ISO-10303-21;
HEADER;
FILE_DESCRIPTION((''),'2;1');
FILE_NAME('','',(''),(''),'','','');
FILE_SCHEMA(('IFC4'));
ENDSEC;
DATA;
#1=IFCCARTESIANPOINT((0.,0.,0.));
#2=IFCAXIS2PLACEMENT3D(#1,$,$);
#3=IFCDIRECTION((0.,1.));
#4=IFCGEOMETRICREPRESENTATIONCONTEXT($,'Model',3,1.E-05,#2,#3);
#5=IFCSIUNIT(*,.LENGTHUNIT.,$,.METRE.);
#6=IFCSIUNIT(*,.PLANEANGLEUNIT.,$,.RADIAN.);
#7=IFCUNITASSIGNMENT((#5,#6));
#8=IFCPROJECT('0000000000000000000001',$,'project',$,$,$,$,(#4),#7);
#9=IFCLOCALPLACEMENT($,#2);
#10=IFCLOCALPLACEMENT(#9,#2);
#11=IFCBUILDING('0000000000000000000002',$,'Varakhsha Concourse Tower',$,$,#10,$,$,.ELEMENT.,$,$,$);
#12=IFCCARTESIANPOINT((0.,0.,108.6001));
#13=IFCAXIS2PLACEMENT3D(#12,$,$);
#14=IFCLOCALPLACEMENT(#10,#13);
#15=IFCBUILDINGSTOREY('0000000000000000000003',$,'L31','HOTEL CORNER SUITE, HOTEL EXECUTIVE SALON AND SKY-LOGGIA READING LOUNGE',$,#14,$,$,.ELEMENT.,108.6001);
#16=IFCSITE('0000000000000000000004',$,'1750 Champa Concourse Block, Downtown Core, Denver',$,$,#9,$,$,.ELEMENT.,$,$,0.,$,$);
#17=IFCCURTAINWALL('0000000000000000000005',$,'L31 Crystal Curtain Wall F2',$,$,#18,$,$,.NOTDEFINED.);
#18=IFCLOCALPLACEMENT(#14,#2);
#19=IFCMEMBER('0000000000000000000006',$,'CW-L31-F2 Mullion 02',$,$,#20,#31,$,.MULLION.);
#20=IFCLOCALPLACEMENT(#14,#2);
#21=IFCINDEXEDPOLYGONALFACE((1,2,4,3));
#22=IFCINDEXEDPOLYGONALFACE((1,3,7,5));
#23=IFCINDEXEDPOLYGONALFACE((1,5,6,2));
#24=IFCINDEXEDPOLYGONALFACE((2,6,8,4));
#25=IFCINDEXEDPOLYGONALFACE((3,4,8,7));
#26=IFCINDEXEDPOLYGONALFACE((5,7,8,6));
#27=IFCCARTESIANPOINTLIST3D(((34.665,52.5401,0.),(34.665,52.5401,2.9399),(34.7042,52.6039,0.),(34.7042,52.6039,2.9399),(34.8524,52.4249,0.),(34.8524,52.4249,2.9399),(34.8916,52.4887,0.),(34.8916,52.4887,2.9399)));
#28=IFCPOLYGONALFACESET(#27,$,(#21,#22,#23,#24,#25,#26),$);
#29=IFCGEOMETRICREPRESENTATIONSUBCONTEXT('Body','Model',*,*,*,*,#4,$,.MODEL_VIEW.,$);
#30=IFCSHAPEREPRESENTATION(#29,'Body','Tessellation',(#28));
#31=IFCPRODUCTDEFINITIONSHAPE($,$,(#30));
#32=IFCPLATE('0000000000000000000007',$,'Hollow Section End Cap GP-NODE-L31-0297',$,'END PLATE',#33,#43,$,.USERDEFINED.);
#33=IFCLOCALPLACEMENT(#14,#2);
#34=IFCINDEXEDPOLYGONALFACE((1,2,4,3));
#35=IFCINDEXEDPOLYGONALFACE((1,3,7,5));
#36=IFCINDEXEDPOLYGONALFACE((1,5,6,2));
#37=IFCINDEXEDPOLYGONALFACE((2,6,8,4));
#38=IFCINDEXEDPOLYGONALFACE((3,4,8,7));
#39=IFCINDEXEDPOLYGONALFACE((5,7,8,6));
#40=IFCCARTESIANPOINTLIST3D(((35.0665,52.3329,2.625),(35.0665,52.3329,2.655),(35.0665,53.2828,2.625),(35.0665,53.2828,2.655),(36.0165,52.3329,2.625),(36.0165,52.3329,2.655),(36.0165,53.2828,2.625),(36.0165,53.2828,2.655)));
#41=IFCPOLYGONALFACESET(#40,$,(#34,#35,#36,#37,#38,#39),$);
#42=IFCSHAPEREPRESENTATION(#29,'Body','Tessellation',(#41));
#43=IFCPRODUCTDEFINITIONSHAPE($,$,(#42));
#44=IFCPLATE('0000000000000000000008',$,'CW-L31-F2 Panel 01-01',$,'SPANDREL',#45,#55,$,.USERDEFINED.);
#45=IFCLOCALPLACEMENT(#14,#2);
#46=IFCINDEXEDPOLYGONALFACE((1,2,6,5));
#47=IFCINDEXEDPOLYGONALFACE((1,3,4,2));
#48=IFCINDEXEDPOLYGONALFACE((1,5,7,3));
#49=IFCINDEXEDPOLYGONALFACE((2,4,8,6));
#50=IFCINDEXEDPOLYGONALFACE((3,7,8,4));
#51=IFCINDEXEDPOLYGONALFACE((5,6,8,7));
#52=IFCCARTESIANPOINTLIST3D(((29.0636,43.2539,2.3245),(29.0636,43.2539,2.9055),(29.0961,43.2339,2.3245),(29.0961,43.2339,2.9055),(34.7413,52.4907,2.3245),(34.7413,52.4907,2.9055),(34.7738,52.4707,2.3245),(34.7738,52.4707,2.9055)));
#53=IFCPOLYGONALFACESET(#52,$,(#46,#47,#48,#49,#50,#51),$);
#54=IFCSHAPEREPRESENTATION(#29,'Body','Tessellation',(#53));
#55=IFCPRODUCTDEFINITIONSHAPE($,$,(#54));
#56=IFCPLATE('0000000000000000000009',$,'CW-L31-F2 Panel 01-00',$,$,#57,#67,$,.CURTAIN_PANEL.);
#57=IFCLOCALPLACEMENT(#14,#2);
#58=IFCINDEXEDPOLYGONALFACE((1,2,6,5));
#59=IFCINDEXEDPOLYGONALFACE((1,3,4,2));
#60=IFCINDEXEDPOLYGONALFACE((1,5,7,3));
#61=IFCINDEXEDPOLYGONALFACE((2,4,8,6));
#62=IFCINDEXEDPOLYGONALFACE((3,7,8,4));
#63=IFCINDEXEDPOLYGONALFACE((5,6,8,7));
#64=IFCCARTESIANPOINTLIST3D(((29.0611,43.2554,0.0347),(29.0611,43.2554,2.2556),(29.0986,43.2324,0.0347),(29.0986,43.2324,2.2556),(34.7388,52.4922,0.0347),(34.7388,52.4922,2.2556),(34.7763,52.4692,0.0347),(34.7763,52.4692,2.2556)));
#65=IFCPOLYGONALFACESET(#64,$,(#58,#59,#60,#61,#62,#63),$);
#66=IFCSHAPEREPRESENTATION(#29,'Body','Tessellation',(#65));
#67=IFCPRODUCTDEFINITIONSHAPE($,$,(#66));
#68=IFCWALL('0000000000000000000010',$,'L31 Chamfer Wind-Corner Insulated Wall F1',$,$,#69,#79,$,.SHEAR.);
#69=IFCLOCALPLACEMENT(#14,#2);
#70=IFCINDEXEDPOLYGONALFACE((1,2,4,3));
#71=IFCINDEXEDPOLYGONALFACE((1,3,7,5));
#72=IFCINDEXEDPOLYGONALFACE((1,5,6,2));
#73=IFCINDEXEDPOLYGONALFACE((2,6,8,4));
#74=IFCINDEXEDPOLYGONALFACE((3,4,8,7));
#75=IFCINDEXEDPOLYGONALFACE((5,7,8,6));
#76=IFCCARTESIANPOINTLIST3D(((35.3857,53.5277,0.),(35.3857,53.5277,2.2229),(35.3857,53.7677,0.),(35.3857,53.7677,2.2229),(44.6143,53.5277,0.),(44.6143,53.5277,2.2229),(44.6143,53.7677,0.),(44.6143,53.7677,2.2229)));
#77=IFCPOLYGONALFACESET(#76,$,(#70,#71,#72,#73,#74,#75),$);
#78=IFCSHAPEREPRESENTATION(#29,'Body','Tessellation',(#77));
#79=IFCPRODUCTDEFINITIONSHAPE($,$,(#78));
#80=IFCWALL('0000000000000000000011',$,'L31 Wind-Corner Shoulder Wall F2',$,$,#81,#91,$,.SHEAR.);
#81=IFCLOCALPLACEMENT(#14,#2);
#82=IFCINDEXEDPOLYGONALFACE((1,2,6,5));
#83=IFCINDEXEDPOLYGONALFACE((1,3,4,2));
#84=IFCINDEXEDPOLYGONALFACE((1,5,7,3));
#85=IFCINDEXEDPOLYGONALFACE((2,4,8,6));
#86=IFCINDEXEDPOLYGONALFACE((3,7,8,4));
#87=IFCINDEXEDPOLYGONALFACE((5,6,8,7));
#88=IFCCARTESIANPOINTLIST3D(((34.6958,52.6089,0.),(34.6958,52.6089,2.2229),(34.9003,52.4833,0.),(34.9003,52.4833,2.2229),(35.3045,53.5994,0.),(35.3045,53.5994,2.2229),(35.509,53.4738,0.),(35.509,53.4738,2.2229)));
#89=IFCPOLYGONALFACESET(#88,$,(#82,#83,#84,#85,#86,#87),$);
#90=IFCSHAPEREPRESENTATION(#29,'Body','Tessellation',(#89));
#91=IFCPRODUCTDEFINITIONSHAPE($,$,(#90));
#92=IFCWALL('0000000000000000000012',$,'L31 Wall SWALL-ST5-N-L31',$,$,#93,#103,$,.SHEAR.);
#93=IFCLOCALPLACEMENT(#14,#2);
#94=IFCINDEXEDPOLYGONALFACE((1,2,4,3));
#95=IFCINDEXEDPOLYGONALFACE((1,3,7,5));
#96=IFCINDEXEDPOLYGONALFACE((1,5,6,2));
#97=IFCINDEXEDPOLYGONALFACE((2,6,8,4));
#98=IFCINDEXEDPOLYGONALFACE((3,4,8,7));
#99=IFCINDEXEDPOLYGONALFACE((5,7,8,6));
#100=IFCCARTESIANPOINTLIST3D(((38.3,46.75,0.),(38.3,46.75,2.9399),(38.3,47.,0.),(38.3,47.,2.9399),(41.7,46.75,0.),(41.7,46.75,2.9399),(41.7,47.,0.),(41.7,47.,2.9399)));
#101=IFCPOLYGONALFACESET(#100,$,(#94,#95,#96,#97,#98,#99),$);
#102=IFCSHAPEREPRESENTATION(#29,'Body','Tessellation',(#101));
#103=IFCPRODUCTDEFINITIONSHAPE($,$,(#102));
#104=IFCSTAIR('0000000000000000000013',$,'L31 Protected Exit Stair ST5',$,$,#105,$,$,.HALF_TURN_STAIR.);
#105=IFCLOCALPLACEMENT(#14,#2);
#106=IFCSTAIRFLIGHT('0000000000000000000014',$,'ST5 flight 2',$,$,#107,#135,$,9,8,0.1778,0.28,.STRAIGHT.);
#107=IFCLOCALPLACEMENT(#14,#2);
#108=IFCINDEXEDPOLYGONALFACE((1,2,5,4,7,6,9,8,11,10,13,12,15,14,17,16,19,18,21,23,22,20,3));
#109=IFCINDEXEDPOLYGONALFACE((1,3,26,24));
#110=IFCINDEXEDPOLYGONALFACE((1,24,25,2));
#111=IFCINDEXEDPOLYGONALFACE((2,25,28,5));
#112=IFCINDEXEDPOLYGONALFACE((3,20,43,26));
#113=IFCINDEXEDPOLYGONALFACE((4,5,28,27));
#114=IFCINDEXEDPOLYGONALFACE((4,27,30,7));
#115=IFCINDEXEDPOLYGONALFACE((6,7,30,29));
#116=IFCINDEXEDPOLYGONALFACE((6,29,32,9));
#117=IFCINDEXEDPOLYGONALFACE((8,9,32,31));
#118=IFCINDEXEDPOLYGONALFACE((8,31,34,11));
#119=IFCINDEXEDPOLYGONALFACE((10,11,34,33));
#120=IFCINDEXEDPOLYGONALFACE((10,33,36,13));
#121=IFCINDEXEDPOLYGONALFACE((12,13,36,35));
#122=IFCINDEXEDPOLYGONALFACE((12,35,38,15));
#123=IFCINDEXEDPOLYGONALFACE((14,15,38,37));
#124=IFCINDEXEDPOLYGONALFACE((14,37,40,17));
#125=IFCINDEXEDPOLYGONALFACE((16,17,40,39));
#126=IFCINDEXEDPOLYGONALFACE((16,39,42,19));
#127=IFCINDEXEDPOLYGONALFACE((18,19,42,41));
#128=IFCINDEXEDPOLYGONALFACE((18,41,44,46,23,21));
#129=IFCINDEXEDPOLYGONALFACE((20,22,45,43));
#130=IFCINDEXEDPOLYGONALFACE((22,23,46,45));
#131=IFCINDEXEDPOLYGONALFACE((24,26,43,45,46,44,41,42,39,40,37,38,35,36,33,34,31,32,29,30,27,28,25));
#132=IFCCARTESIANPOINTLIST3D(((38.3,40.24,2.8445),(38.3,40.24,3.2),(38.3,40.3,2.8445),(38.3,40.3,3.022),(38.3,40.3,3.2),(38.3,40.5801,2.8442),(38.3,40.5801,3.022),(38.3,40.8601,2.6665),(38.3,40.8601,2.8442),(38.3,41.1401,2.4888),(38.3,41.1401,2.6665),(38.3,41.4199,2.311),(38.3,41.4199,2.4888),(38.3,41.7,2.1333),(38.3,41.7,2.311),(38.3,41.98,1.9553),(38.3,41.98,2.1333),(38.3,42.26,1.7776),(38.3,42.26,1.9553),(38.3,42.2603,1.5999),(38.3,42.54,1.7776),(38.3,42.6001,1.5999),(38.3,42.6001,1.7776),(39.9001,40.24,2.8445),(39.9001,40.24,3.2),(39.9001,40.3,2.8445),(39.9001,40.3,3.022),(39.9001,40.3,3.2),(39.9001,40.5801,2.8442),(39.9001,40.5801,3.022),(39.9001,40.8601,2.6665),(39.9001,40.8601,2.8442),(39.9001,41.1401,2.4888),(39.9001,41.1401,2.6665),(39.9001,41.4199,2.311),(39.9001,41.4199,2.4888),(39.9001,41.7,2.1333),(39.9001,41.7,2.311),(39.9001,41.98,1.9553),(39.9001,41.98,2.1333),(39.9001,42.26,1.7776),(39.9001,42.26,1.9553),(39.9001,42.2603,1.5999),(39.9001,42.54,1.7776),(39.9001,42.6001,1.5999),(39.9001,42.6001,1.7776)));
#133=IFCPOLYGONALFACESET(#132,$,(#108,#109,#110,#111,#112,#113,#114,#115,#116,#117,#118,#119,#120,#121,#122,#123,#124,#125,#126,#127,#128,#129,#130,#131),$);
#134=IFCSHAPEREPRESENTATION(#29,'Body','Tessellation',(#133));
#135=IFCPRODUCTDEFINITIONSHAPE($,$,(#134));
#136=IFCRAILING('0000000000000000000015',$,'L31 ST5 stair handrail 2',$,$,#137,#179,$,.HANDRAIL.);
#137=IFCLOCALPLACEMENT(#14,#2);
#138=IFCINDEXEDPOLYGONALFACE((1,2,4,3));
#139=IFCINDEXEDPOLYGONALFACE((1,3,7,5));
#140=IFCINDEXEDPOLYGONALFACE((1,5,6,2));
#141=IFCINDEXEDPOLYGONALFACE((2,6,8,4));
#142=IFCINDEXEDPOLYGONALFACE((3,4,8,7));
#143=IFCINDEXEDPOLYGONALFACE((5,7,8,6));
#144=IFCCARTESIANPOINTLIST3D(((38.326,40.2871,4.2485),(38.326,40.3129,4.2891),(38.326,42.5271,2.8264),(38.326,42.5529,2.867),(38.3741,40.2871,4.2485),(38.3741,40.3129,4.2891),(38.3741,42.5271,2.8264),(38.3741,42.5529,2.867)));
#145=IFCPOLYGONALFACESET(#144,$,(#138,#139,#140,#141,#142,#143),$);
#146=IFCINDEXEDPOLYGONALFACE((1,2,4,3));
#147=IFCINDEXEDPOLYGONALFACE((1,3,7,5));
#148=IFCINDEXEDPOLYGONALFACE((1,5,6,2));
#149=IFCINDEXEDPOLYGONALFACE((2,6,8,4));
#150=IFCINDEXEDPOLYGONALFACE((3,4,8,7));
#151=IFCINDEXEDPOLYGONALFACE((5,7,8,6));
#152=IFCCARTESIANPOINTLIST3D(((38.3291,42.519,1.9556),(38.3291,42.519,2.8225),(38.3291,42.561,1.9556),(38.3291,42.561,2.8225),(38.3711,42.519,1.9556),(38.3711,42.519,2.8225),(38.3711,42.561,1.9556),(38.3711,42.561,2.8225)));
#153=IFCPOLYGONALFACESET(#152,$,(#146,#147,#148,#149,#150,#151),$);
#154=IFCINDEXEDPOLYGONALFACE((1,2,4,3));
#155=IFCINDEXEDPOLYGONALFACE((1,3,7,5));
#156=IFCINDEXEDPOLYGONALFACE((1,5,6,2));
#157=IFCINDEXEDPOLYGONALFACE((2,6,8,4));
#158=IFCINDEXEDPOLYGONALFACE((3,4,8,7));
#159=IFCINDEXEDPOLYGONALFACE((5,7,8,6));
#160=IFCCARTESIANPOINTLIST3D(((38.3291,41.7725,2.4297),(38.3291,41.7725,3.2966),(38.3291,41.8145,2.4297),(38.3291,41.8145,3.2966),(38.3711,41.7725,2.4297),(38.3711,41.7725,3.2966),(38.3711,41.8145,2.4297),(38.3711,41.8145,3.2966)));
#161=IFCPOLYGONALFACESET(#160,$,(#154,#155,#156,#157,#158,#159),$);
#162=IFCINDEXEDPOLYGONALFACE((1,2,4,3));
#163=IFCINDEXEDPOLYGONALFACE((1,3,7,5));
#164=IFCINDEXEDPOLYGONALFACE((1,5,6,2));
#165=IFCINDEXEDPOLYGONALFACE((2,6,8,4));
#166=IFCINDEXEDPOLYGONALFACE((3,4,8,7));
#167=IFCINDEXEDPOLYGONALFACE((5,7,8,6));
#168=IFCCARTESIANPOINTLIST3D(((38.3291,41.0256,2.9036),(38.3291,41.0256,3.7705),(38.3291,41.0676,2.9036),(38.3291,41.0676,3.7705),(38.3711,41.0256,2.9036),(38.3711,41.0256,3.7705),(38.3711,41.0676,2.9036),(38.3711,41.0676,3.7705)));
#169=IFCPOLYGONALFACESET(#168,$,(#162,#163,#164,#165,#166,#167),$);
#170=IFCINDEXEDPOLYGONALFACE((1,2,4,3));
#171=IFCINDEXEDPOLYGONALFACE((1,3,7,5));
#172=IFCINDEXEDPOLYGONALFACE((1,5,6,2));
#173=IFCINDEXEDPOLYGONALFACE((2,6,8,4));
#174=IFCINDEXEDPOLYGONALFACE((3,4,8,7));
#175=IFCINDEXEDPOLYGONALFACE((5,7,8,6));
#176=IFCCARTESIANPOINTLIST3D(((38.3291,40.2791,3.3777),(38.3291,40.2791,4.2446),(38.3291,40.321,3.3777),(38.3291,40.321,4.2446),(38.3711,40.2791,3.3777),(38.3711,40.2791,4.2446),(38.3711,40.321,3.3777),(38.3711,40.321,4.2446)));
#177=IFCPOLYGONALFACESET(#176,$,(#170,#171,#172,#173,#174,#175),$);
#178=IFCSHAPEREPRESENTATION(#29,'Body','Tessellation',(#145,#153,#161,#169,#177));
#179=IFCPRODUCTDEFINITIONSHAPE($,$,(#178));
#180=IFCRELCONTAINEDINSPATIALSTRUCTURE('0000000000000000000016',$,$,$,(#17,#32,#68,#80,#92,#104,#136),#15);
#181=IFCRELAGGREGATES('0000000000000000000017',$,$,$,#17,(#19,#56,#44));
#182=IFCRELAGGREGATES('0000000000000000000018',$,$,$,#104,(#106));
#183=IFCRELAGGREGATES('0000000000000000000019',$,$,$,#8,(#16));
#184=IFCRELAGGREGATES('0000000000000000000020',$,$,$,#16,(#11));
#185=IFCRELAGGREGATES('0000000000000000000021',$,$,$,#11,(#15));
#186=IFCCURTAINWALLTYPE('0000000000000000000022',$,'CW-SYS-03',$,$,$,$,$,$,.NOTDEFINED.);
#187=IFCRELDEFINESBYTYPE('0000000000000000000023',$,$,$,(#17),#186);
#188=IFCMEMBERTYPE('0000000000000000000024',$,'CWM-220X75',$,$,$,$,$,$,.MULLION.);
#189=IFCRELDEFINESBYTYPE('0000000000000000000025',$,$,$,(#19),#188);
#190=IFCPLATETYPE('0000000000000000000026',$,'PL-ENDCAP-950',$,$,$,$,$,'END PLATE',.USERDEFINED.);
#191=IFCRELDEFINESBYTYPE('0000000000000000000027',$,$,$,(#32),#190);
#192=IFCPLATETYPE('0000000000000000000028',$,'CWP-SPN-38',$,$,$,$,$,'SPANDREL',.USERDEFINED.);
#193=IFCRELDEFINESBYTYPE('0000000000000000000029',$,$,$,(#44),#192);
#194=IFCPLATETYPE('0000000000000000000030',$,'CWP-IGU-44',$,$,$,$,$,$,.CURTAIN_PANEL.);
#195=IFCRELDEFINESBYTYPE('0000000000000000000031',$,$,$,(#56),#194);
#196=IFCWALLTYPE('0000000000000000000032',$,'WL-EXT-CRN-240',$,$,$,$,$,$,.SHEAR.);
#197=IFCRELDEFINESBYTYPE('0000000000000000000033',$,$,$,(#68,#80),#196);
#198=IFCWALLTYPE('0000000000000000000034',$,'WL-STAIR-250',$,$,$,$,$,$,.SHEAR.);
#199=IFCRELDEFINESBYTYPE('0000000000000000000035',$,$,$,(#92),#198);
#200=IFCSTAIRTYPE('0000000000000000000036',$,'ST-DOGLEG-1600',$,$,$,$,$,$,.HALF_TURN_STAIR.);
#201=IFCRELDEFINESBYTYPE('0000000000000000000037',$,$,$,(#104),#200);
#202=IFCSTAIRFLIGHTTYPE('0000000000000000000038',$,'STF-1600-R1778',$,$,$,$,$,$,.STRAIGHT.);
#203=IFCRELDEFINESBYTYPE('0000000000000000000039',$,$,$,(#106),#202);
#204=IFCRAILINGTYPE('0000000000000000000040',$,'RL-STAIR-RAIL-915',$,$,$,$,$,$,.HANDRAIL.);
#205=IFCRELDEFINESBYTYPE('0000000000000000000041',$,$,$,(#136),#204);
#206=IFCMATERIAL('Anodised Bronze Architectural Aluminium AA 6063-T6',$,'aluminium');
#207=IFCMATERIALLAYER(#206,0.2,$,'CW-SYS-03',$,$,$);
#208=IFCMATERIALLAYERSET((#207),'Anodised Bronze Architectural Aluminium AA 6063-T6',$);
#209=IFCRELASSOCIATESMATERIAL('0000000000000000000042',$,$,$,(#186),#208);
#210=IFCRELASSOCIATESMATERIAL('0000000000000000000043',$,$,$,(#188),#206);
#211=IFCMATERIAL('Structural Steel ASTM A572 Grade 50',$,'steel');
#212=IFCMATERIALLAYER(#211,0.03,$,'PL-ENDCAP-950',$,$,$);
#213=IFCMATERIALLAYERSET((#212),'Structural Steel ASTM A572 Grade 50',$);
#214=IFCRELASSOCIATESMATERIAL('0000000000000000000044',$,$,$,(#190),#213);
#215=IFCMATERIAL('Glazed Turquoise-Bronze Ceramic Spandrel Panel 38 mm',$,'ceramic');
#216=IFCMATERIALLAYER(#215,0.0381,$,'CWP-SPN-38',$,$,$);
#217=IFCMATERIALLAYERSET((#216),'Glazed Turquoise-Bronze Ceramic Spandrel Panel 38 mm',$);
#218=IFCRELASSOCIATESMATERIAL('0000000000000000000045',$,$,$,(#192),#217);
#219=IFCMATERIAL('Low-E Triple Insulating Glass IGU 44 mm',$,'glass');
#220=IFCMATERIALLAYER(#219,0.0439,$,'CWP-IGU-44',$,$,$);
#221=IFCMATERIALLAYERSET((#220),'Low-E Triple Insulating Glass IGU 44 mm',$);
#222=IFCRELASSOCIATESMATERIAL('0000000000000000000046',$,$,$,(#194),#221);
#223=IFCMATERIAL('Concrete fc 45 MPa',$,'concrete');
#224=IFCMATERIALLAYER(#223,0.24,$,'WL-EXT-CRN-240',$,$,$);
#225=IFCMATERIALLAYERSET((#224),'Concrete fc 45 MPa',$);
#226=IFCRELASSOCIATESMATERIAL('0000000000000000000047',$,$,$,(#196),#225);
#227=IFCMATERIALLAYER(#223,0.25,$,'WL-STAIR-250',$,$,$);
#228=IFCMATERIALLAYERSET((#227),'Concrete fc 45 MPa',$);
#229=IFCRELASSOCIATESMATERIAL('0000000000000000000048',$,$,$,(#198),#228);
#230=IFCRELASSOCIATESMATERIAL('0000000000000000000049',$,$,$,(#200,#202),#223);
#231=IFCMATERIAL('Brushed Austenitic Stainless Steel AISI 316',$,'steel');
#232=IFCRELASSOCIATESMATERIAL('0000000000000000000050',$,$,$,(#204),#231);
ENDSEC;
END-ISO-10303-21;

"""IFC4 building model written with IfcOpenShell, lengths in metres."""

from ifc_helpers import new_model, si_unit, direction, frame, frame_2d, origin, origin_2d, place, context, subcontext, project, spatial, polyline, rectangle, outline, extrude, source, transform, mapped, material, layer, layer_set, material_profile, profile_set, type_object, type_shapes, element, aggregate, save


model = new_model("IFC4")

# Units and contexts
model_context = context("Model", 3, precision=1e-05, world=origin(), true_north=direction((0.0, 1.0)))
body_context = subcontext(model_context, "Body", "Model", "MODEL_VIEW")
ifc_project = project(units=[si_unit("LENGTHUNIT", "METRE"), si_unit("PLANEANGLEUNIT", "RADIAN")], contexts=[model_context])

# Site, building, storey
site_placement = place(None, origin())
site = spatial("IfcSite", under=ifc_project, at=site_placement, Name="1750 Champa Concourse Block, Downtown Core, Denver", CompositionType="ELEMENT", RefElevation=0.0)
building_placement = place(site_placement, origin())
building = spatial("IfcBuilding", under=site, at=building_placement, Name="Varakhsha Concourse Tower", CompositionType="ELEMENT")
storey_placement = place(building_placement, frame((0.0, 0.0, 108.6001)))
storey = spatial("IfcBuildingStorey", under=building, at=storey_placement, Name="L31", Description="HOTEL CORNER SUITE, HOTEL EXECUTIVE SALON AND SKY-LOGGIA READING LOUNGE", CompositionType="ELEMENT", Elevation=108.6001)

# Shared definitions
ifc_material_1 = material(Name="Structural Steel ASTM A572 Grade 50", Category="steel")

# Curtain wall, member
ifc_material_2 = material(Name="Anodised Bronze Architectural Aluminium AA 6063-T6", Category="aluminium")
ifc_layer_1 = layer(ifc_material_2, 0.2, Name="CW-SYS-03")
ifc_layer_set_1 = layer_set([ifc_layer_1], Name="Anodised Bronze Architectural Aluminium AA 6063-T6")
curtain_wall_type = type_object("IfcCurtainWallType", Name="CW-SYS-03", PredefinedType="NOTDEFINED", material=ifc_layer_set_1)
curtain_wall_placement = place(storey_placement, origin())
curtain_wall = element("IfcCurtainWall", 1, at=curtain_wall_placement, inside=storey, type_object=curtain_wall_type, Name="L31 Crystal Curtain Wall F2", PredefinedType="NOTDEFINED")
ifc_material_profile_1 = material_profile(ifc_material_2, rectangle(XDim=0.075, YDim=0.22, at=origin_2d()), Name="CWM-220X75")
ifc_profile_set_1 = profile_set([ifc_material_profile_1], Name="Anodised Bronze Architectural Aluminium AA 6063-T6")
member_type = type_object("IfcMemberType", Name="CWM-220X75", PredefinedType="MULLION", material=ifc_profile_set_1)
shared_shape_1 = source(origin(), body_context, "Body", "SweptSolid", [
    extrude(rectangle(XDim=0.075, YDim=0.22, at=origin_2d()), origin(), (0.0, 0.0, 1.0), 2.9399),
])
type_shapes(member_type, [shared_shape_1])
member_1_placement = place(storey_placement, frame((34.7783, 52.5144, 0.0), z_axis=(0.0, 0.0, 1.0), x_axis=(0.523665, 0.851924, 0.0)))
member_1 = element("IfcMember", 2, at=member_1_placement, type_object=member_type, Name="CW-L31-F2 Mullion 02", PredefinedType="MULLION", context=body_context, shape_type="MappedRepresentation", body=[
    mapped(shared_shape_1, transform((0.0, 0.0, 0.0), scale=1.0)),
])

# Plates
ifc_layer_2 = layer(ifc_material_1, 0.03, Name="PL-ENDCAP-950")
ifc_layer_set_2 = layer_set([ifc_layer_2], Name="Structural Steel ASTM A572 Grade 50")
plate_type_1 = type_object("IfcPlateType", Name="PL-ENDCAP-950", ElementType="END PLATE", PredefinedType="USERDEFINED", material=ifc_layer_set_2)
shared_shape_2 = source(origin(), body_context, "Body", "SweptSolid", [
    extrude(rectangle(XDim=0.95, YDim=0.95, at=origin_2d()), origin(), (0.0, 0.0, 1.0), 0.03),
])
type_shapes(plate_type_1, [shared_shape_2])
plate_1_placement = place(storey_placement, frame((35.5415, 52.8079, 2.625), z_axis=(0.0, 0.0, 1.0), x_axis=(1.0, 0.0, 0.0)))
element("IfcPlate", 3, at=plate_1_placement, inside=storey, type_object=plate_type_1, Name="Hollow Section End Cap GP-NODE-L31-0297", ObjectType="END PLATE", PredefinedType="USERDEFINED", context=body_context, shape_type="MappedRepresentation", body=[
    mapped(shared_shape_2, transform((0.0, 0.0, 0.0), scale=1.0)),
])
ifc_material_3 = material(Name="Glazed Turquoise-Bronze Ceramic Spandrel Panel 38 mm", Category="ceramic")
ifc_layer_3 = layer(ifc_material_3, 0.0381, Name="CWP-SPN-38")
ifc_layer_set_3 = layer_set([ifc_layer_3], Name="Glazed Turquoise-Bronze Ceramic Spandrel Panel 38 mm")
plate_type_2 = type_object("IfcPlateType", Name="CWP-SPN-38", ElementType="SPANDREL", PredefinedType="USERDEFINED", material=ifc_layer_set_3)
shared_shape_3 = source(origin(), body_context, "Body", "SweptSolid", [
    extrude(rectangle(XDim=10.8423, YDim=0.0381, at=origin_2d()), origin(), (0.0, 0.0, 1.0), 0.5811),
])
type_shapes(plate_type_2, [shared_shape_3])
plate_2_placement = place(storey_placement, frame((31.9187, 47.8623, 2.3245), z_axis=(0.0, 0.0, 1.0), x_axis=(0.523665, 0.851924, 0.0)))
plate_2 = element("IfcPlate", 4, at=plate_2_placement, type_object=plate_type_2, Name="CW-L31-F2 Panel 01-01", ObjectType="SPANDREL", PredefinedType="USERDEFINED", context=body_context, shape_type="MappedRepresentation", body=[
    mapped(shared_shape_3, transform((0.0, 0.0, 0.0), scale=1.0)),
])
ifc_material_4 = material(Name="Low-E Triple Insulating Glass IGU 44 mm", Category="glass")
ifc_layer_4 = layer(ifc_material_4, 0.0439, Name="CWP-IGU-44")
ifc_layer_set_4 = layer_set([ifc_layer_4], Name="Low-E Triple Insulating Glass IGU 44 mm")
plate_type_3 = type_object("IfcPlateType", Name="CWP-IGU-44", PredefinedType="CURTAIN_PANEL", material=ifc_layer_set_4)
shared_shape_4 = source(origin(), body_context, "Body", "SweptSolid", [
    extrude(rectangle(XDim=10.8423, YDim=0.0439, at=origin_2d()), origin(), (0.0, 0.0, 1.0), 2.2209),
])
type_shapes(plate_type_3, [shared_shape_4])
plate_3_placement = place(storey_placement, frame((31.9187, 47.8623, 0.0347), z_axis=(0.0, 0.0, 1.0), x_axis=(0.523665, 0.851924, 0.0)))
plate_3 = element("IfcPlate", 5, at=plate_3_placement, type_object=plate_type_3, Name="CW-L31-F2 Panel 01-00", PredefinedType="CURTAIN_PANEL", context=body_context, shape_type="MappedRepresentation", body=[
    mapped(shared_shape_4, transform((0.0, 0.0, 0.0), scale=1.0)),
])
aggregate(curtain_wall, [member_1, plate_3, plate_2])

# Walls
ifc_material_5 = material(Name="Concrete fc 45 MPa", Category="concrete")
ifc_layer_5 = layer(ifc_material_5, 0.24, Name="WL-EXT-CRN-240")
ifc_layer_set_5 = layer_set([ifc_layer_5], Name="Concrete fc 45 MPa")
wall_type_1 = type_object("IfcWallType", Name="WL-EXT-CRN-240", PredefinedType="SHEAR", material=ifc_layer_set_5)
wall_1_placement = place(storey_placement, frame((35.3857, 53.6477, 0.0), z_axis=(0.0, 0.0, 1.0), x_axis=(1.0, 0.0, 0.0)))
element("IfcWall", 6, at=wall_1_placement, inside=storey, type_object=wall_type_1, Name="L31 Chamfer Wind-Corner Insulated Wall F1", PredefinedType="SHEAR", context=body_context, shape_type="SweptSolid", body=[
    extrude(rectangle(XDim=9.2285, YDim=0.24, at=frame_2d((4.6143, 0.0))), origin(), (0.0, 0.0, 1.0), 2.2229),
])
wall_2_placement = place(storey_placement, frame((35.4067, 53.5366, 0.0), z_axis=(0.0, 0.0, 1.0), x_axis=(-0.523547, -0.851997, 0.0)))
element("IfcWall", 7, at=wall_2_placement, inside=storey, type_object=wall_type_1, Name="L31 Wind-Corner Shoulder Wall F2", PredefinedType="SHEAR", context=body_context, shape_type="SweptSolid", body=[
    extrude(rectangle(XDim=1.1626, YDim=0.24, at=frame_2d((0.5813, 0.0))), origin(), (0.0, 0.0, 1.0), 2.2229),
])
ifc_layer_6 = layer(ifc_material_5, 0.25, Name="WL-STAIR-250")
ifc_layer_set_6 = layer_set([ifc_layer_6], Name="Concrete fc 45 MPa")
wall_type_2 = type_object("IfcWallType", Name="WL-STAIR-250", PredefinedType="SHEAR", material=ifc_layer_set_6)
wall_3_placement = place(storey_placement, frame((38.3, 46.875, 0.0), z_axis=(0.0, 0.0, 1.0), x_axis=(1.0, 0.0, 0.0)))
element("IfcWall", 8, at=wall_3_placement, inside=storey, type_object=wall_type_2, Name="L31 Wall SWALL-ST5-N-L31", PredefinedType="SHEAR", context=body_context, shape_type="SweptSolid", body=[
    extrude(rectangle(XDim=3.3999, YDim=0.25, at=frame_2d((1.7, 0.0))), origin(), (0.0, 0.0, 1.0), 2.9399),
])

# Stair, stair flight
stair_type = type_object("IfcStairType", Name="ST-DOGLEG-1600", PredefinedType="HALF_TURN_STAIR", material=ifc_material_5)
stair_placement = place(storey_placement, origin())
stair = element("IfcStair", 9, at=stair_placement, inside=storey, type_object=stair_type, Name="L31 Protected Exit Stair ST5", PredefinedType="HALF_TURN_STAIR")
stair_flight_type = type_object("IfcStairFlightType", Name="STF-1600-R1778", PredefinedType="STRAIGHT", material=ifc_material_5)
stair_flight_placement = place(storey_placement, frame((39.1001, 42.54, 1.5999), z_axis=(0.0, 0.0, 1.0), x_axis=(0.0, -1.0, 0.0)))
stair_flight = element("IfcStairFlight", 10, at=stair_flight_placement, type_object=stair_flight_type, Name="ST5 flight 2", NumberOfRisers=9, NumberOfTreads=8, PredefinedType="STRAIGHT", RiserHeight=0.1778, TreadLength=0.28, context=body_context, shape_type="SweptSolid", body=[
    extrude(outline(polyline([(-0.0601, 0.0), (-0.0601, 0.1777), (0.0, 0.1777), (0.28, 0.1777), (0.28, 0.3555), (0.5601, 0.3555), (0.5601, 0.5334), (0.8401, 0.5334), (0.8401, 0.7112), (1.1201, 0.7112), (1.1201, 0.8889), (1.3999, 0.8889), (1.3999, 1.0667), (1.6799, 1.0667), (1.6799, 1.2444), (1.96, 1.2444), (1.96, 1.4221), (2.24, 1.4221), (2.24, 1.6001), (2.3, 1.6001), (2.3, 1.2446), (2.24, 1.2446), (0.2798, 0.0), (-0.0601, 0.0)])), frame((0.0, 0.8, 0.0), z_axis=(0.0, -1.0, 0.0), x_axis=(1.0, 0.0, 0.0)), (0.0, 0.0, 1.0), 1.6001),
])
aggregate(stair, [stair_flight])

# Railing
ifc_material_6 = material(Name="Brushed Austenitic Stainless Steel AISI 316", Category="steel")
railing_type = type_object("IfcRailingType", Name="RL-STAIR-RAIL-915", PredefinedType="HANDRAIL", material=ifc_material_6)
railing_placement = place(storey_placement, frame((38.3501, 42.54, 1.9556)))
element("IfcRailing", 11, at=railing_placement, inside=storey, type_object=railing_type, Name="L31 ST5 stair handrail 2", PredefinedType="HANDRAIL", context=body_context, shape_type="SweptSolid", body=[
    extrude(rectangle(XDim=0.0481, YDim=0.0481, at=origin_2d()), frame((0.0, 0.0, 0.8911), z_axis=(0.0, -0.844229, 0.535982), x_axis=(1.0, 0.0, 0.0)), (0.0, 0.0, 1.0), 2.6533),
    extrude(rectangle(XDim=0.042, YDim=0.042, at=origin_2d()), origin(), (0.0, 0.0, 1.0), 0.8669),
    extrude(rectangle(XDim=0.042, YDim=0.042, at=origin_2d()), frame((0.0, -0.7466, 0.4741)), (0.0, 0.0, 1.0), 0.8669),
    extrude(rectangle(XDim=0.042, YDim=0.042, at=origin_2d()), frame((0.0, -1.4934, 0.948)), (0.0, 0.0, 1.0), 0.8669),
    extrude(rectangle(XDim=0.042, YDim=0.042, at=origin_2d()), frame((0.0, -2.24, 1.4221)), (0.0, 0.0, 1.0), 0.8669),
])

save(model, "model.ifc")
